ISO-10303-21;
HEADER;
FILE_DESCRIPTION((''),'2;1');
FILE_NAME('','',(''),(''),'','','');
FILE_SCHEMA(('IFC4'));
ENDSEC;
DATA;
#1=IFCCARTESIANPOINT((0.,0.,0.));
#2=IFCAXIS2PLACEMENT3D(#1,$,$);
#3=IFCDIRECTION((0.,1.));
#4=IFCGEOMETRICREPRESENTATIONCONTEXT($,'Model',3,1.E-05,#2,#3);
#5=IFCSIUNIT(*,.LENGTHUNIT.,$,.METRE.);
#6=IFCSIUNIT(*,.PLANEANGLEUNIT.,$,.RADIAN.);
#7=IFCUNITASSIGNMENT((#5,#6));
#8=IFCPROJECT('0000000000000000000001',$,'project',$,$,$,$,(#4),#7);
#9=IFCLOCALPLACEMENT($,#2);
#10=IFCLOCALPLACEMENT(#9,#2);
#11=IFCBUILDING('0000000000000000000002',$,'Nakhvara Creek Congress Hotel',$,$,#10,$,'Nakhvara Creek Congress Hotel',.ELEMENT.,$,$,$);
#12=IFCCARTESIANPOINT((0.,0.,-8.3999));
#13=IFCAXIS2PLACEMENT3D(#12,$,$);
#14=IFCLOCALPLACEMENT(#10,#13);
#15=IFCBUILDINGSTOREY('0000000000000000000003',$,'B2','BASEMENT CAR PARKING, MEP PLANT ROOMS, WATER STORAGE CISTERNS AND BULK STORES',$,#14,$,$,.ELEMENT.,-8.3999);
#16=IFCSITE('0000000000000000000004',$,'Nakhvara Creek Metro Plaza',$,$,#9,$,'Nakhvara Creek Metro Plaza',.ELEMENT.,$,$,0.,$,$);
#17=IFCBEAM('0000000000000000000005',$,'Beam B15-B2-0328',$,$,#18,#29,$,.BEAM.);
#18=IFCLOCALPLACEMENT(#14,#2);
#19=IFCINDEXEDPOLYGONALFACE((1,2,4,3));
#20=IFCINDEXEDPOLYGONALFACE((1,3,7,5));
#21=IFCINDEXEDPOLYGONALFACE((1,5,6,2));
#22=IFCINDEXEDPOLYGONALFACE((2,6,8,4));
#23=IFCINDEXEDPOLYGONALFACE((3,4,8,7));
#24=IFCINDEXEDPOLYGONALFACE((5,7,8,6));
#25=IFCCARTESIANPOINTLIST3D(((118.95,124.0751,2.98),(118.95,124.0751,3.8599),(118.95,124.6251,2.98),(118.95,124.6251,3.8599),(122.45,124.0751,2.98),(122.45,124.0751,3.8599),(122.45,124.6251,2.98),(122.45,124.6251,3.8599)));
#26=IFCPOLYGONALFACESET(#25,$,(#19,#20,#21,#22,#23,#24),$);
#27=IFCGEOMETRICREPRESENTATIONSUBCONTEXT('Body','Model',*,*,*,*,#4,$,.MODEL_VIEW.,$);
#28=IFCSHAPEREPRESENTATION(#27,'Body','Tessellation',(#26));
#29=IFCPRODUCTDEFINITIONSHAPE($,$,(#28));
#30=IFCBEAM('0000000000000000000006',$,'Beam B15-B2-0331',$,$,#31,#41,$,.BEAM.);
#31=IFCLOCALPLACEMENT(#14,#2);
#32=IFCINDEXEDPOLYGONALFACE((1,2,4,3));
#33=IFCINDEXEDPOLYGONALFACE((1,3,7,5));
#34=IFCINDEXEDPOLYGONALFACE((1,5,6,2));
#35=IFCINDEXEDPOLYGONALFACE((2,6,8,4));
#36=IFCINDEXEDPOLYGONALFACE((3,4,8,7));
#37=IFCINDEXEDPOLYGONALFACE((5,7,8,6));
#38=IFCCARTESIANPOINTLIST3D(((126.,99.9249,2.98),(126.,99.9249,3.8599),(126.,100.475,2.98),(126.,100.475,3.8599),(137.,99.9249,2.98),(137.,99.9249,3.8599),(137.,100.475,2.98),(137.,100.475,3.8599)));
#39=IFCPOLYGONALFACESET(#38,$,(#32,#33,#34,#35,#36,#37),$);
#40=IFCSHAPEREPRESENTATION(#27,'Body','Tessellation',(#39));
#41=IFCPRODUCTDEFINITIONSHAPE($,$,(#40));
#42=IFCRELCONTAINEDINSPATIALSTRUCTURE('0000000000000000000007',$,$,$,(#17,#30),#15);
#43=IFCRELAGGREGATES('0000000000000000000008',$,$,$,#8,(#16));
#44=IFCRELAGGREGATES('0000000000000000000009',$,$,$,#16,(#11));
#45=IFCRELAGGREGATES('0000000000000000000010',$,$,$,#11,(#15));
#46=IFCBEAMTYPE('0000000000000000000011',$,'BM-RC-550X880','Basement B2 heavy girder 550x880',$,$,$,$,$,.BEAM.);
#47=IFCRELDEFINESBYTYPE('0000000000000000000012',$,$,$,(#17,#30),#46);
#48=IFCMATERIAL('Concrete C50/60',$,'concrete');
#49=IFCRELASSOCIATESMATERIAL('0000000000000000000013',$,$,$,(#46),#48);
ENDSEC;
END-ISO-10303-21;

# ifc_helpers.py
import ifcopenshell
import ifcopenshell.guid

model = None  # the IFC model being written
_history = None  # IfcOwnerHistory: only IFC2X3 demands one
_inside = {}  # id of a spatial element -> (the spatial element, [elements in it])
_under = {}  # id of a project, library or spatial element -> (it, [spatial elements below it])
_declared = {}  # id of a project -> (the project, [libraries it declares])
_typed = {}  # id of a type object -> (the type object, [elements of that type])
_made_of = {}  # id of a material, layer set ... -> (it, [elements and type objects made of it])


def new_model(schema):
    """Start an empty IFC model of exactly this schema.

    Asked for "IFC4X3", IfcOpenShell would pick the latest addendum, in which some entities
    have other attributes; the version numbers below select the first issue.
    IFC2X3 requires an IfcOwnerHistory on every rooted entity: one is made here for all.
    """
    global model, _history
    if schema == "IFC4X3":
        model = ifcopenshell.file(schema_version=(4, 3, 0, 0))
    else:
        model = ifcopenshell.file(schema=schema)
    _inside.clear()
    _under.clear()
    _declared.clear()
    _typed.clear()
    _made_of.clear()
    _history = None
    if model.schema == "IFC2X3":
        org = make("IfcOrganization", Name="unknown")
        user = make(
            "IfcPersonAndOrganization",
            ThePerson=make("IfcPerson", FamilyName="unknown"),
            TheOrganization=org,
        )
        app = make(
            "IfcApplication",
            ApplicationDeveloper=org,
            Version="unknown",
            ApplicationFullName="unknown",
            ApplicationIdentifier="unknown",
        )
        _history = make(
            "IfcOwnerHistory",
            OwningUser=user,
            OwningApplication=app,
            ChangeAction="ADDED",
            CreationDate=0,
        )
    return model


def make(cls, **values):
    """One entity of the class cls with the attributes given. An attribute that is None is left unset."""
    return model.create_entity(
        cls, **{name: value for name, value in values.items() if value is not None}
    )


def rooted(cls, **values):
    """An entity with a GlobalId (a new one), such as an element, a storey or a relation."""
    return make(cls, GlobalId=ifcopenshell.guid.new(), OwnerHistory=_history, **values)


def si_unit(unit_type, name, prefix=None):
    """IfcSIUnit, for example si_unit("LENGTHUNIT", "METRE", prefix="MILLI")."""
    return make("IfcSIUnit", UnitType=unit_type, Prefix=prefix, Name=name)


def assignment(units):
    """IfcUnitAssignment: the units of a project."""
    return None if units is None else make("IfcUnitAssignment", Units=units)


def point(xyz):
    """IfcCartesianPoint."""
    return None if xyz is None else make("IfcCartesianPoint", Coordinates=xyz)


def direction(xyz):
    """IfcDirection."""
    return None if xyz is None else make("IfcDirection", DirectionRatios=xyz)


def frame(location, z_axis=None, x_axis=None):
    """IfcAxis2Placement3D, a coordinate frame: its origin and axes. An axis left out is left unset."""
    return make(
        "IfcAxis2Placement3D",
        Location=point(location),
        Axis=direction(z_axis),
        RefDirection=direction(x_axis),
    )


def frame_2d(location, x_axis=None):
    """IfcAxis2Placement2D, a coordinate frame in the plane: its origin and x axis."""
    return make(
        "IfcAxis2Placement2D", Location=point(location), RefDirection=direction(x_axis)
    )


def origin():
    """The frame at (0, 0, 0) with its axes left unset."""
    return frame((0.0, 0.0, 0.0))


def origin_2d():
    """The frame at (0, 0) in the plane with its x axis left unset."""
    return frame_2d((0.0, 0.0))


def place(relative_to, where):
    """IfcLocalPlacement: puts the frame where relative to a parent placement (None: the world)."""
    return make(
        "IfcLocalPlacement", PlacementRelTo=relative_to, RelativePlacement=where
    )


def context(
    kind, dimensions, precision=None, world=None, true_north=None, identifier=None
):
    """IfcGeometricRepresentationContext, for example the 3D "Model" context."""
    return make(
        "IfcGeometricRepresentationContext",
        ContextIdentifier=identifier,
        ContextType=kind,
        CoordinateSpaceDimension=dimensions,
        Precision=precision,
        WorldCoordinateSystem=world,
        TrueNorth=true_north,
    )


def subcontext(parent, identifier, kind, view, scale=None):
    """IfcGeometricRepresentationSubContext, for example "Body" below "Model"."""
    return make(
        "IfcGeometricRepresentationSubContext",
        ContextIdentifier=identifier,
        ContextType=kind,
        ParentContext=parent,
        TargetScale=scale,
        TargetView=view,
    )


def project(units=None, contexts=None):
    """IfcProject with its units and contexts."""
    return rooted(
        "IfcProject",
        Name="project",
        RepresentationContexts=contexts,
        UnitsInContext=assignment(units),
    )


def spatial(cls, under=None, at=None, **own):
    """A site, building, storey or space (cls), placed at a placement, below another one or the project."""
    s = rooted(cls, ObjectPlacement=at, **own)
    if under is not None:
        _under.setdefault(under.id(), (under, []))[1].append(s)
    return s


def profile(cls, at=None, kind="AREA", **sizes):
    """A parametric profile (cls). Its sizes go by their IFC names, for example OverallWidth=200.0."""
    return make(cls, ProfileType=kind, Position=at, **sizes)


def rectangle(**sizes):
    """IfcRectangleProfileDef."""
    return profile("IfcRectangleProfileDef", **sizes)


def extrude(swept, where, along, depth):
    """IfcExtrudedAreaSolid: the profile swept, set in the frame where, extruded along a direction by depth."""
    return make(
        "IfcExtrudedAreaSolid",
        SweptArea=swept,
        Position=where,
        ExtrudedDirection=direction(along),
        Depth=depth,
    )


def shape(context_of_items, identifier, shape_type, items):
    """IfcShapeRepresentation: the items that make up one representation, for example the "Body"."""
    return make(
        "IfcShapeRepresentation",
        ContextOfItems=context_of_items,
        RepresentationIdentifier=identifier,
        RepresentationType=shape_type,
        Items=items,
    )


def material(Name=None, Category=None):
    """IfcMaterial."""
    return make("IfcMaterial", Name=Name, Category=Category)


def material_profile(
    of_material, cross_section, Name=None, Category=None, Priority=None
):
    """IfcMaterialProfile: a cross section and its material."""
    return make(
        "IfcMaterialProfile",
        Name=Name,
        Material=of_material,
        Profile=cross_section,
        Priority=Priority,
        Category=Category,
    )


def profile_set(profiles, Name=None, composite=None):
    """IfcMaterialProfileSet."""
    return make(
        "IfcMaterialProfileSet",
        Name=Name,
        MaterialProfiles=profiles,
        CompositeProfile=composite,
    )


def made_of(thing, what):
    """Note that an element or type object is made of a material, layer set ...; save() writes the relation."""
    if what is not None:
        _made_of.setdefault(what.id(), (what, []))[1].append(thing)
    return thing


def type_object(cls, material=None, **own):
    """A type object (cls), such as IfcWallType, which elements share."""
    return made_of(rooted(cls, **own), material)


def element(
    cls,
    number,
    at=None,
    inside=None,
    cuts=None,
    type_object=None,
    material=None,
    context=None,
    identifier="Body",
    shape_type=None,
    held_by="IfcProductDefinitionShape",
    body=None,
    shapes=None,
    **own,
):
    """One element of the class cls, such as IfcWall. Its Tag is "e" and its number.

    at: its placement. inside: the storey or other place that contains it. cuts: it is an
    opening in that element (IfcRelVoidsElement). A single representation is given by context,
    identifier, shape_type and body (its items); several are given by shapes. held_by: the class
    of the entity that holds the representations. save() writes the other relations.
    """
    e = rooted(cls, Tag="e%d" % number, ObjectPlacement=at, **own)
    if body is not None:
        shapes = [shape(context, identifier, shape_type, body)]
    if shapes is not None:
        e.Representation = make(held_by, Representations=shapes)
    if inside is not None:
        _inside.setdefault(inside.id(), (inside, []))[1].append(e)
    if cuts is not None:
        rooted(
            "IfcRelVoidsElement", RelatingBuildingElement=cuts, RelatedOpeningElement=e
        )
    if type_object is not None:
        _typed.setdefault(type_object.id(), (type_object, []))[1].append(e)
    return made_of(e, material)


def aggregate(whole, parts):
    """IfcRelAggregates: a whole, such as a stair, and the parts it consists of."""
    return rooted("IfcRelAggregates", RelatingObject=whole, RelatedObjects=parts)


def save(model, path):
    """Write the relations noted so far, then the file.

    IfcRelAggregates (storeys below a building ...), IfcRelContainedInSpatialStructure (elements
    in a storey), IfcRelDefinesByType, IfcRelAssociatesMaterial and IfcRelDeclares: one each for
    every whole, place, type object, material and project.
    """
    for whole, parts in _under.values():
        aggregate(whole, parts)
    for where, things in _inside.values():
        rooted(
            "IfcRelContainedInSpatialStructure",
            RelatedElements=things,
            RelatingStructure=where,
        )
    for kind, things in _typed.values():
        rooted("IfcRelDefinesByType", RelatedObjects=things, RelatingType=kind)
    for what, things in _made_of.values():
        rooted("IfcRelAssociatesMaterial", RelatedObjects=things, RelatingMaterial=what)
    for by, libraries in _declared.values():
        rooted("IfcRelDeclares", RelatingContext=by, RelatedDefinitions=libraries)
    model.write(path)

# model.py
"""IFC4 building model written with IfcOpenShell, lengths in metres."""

from ifc_helpers import new_model, si_unit, direction, frame, origin, origin_2d, place, context, subcontext, project, spatial, rectangle, extrude, material, material_profile, profile_set, type_object, element, save


model = new_model("IFC4")

# Units and contexts
model_context = context("Model", 3, precision=1e-05, world=origin(), true_north=direction((0.0, 1.0)))
body_context = subcontext(model_context, "Body", "Model", "MODEL_VIEW")
ifc_project = project(units=[si_unit("LENGTHUNIT", "METRE"), si_unit("PLANEANGLEUNIT", "RADIAN")], contexts=[model_context])

# Site, building, storey
site_placement = place(None, origin())
site = spatial("IfcSite", under=ifc_project, at=site_placement, Name="Nakhvara Creek Metro Plaza", LongName="Nakhvara Creek Metro Plaza", CompositionType="ELEMENT", RefElevation=0.0)
building_placement = place(site_placement, origin())
building = spatial("IfcBuilding", under=site, at=building_placement, Name="Nakhvara Creek Congress Hotel", LongName="Nakhvara Creek Congress Hotel", CompositionType="ELEMENT")
storey_placement = place(building_placement, frame((0.0, 0.0, -8.3999)))
storey = spatial("IfcBuildingStorey", under=building, at=storey_placement, Name="B2", Description="BASEMENT CAR PARKING, MEP PLANT ROOMS, WATER STORAGE CISTERNS AND BULK STORES", CompositionType="ELEMENT", Elevation=-8.3999)

# Shared definitions
ifc_material_1 = material(Name="Concrete C50/60", Category="concrete")

# Beams
ifc_material_profile_1 = material_profile(ifc_material_1, rectangle(XDim=0.55, YDim=0.8799, at=origin_2d()), Name="RC-BM 550x880", Category="LoadBearing")
ifc_profile_set_1 = profile_set([ifc_material_profile_1], Name="Concrete C50/60")
beam_type = type_object("IfcBeamType", Name="BM-RC-550X880", Description="Basement B2 heavy girder 550x880", PredefinedType="BEAM", material=ifc_profile_set_1)
beam_1_placement = place(storey_placement, frame((118.95, 124.3501, 3.4199), z_axis=(1.0, 0.0, 0.0), x_axis=(0.0, 1.0, 0.0)))
element("IfcBeam", 1, at=beam_1_placement, inside=storey, type_object=beam_type, Name="Beam B15-B2-0328", PredefinedType="BEAM", context=body_context, shape_type="SweptSolid", body=[
    extrude(rectangle(XDim=0.55, YDim=0.8799, at=origin_2d()), origin(), (0.0, 0.0, 1.0), 3.5),
])
beam_2_placement = place(storey_placement, frame((126.0, 100.2, 3.4199), z_axis=(1.0, 0.0, 0.0), x_axis=(0.0, 1.0, 0.0)))
element("IfcBeam", 2, at=beam_2_placement, inside=storey, type_object=beam_type, Name="Beam B15-B2-0331", PredefinedType="BEAM", context=body_context, shape_type="SweptSolid", body=[
    extrude(rectangle(XDim=0.55, YDim=0.8799, at=origin_2d()), origin(), (0.0, 0.0, 1.0), 11.0),
])

save(model, "model.ifc")
